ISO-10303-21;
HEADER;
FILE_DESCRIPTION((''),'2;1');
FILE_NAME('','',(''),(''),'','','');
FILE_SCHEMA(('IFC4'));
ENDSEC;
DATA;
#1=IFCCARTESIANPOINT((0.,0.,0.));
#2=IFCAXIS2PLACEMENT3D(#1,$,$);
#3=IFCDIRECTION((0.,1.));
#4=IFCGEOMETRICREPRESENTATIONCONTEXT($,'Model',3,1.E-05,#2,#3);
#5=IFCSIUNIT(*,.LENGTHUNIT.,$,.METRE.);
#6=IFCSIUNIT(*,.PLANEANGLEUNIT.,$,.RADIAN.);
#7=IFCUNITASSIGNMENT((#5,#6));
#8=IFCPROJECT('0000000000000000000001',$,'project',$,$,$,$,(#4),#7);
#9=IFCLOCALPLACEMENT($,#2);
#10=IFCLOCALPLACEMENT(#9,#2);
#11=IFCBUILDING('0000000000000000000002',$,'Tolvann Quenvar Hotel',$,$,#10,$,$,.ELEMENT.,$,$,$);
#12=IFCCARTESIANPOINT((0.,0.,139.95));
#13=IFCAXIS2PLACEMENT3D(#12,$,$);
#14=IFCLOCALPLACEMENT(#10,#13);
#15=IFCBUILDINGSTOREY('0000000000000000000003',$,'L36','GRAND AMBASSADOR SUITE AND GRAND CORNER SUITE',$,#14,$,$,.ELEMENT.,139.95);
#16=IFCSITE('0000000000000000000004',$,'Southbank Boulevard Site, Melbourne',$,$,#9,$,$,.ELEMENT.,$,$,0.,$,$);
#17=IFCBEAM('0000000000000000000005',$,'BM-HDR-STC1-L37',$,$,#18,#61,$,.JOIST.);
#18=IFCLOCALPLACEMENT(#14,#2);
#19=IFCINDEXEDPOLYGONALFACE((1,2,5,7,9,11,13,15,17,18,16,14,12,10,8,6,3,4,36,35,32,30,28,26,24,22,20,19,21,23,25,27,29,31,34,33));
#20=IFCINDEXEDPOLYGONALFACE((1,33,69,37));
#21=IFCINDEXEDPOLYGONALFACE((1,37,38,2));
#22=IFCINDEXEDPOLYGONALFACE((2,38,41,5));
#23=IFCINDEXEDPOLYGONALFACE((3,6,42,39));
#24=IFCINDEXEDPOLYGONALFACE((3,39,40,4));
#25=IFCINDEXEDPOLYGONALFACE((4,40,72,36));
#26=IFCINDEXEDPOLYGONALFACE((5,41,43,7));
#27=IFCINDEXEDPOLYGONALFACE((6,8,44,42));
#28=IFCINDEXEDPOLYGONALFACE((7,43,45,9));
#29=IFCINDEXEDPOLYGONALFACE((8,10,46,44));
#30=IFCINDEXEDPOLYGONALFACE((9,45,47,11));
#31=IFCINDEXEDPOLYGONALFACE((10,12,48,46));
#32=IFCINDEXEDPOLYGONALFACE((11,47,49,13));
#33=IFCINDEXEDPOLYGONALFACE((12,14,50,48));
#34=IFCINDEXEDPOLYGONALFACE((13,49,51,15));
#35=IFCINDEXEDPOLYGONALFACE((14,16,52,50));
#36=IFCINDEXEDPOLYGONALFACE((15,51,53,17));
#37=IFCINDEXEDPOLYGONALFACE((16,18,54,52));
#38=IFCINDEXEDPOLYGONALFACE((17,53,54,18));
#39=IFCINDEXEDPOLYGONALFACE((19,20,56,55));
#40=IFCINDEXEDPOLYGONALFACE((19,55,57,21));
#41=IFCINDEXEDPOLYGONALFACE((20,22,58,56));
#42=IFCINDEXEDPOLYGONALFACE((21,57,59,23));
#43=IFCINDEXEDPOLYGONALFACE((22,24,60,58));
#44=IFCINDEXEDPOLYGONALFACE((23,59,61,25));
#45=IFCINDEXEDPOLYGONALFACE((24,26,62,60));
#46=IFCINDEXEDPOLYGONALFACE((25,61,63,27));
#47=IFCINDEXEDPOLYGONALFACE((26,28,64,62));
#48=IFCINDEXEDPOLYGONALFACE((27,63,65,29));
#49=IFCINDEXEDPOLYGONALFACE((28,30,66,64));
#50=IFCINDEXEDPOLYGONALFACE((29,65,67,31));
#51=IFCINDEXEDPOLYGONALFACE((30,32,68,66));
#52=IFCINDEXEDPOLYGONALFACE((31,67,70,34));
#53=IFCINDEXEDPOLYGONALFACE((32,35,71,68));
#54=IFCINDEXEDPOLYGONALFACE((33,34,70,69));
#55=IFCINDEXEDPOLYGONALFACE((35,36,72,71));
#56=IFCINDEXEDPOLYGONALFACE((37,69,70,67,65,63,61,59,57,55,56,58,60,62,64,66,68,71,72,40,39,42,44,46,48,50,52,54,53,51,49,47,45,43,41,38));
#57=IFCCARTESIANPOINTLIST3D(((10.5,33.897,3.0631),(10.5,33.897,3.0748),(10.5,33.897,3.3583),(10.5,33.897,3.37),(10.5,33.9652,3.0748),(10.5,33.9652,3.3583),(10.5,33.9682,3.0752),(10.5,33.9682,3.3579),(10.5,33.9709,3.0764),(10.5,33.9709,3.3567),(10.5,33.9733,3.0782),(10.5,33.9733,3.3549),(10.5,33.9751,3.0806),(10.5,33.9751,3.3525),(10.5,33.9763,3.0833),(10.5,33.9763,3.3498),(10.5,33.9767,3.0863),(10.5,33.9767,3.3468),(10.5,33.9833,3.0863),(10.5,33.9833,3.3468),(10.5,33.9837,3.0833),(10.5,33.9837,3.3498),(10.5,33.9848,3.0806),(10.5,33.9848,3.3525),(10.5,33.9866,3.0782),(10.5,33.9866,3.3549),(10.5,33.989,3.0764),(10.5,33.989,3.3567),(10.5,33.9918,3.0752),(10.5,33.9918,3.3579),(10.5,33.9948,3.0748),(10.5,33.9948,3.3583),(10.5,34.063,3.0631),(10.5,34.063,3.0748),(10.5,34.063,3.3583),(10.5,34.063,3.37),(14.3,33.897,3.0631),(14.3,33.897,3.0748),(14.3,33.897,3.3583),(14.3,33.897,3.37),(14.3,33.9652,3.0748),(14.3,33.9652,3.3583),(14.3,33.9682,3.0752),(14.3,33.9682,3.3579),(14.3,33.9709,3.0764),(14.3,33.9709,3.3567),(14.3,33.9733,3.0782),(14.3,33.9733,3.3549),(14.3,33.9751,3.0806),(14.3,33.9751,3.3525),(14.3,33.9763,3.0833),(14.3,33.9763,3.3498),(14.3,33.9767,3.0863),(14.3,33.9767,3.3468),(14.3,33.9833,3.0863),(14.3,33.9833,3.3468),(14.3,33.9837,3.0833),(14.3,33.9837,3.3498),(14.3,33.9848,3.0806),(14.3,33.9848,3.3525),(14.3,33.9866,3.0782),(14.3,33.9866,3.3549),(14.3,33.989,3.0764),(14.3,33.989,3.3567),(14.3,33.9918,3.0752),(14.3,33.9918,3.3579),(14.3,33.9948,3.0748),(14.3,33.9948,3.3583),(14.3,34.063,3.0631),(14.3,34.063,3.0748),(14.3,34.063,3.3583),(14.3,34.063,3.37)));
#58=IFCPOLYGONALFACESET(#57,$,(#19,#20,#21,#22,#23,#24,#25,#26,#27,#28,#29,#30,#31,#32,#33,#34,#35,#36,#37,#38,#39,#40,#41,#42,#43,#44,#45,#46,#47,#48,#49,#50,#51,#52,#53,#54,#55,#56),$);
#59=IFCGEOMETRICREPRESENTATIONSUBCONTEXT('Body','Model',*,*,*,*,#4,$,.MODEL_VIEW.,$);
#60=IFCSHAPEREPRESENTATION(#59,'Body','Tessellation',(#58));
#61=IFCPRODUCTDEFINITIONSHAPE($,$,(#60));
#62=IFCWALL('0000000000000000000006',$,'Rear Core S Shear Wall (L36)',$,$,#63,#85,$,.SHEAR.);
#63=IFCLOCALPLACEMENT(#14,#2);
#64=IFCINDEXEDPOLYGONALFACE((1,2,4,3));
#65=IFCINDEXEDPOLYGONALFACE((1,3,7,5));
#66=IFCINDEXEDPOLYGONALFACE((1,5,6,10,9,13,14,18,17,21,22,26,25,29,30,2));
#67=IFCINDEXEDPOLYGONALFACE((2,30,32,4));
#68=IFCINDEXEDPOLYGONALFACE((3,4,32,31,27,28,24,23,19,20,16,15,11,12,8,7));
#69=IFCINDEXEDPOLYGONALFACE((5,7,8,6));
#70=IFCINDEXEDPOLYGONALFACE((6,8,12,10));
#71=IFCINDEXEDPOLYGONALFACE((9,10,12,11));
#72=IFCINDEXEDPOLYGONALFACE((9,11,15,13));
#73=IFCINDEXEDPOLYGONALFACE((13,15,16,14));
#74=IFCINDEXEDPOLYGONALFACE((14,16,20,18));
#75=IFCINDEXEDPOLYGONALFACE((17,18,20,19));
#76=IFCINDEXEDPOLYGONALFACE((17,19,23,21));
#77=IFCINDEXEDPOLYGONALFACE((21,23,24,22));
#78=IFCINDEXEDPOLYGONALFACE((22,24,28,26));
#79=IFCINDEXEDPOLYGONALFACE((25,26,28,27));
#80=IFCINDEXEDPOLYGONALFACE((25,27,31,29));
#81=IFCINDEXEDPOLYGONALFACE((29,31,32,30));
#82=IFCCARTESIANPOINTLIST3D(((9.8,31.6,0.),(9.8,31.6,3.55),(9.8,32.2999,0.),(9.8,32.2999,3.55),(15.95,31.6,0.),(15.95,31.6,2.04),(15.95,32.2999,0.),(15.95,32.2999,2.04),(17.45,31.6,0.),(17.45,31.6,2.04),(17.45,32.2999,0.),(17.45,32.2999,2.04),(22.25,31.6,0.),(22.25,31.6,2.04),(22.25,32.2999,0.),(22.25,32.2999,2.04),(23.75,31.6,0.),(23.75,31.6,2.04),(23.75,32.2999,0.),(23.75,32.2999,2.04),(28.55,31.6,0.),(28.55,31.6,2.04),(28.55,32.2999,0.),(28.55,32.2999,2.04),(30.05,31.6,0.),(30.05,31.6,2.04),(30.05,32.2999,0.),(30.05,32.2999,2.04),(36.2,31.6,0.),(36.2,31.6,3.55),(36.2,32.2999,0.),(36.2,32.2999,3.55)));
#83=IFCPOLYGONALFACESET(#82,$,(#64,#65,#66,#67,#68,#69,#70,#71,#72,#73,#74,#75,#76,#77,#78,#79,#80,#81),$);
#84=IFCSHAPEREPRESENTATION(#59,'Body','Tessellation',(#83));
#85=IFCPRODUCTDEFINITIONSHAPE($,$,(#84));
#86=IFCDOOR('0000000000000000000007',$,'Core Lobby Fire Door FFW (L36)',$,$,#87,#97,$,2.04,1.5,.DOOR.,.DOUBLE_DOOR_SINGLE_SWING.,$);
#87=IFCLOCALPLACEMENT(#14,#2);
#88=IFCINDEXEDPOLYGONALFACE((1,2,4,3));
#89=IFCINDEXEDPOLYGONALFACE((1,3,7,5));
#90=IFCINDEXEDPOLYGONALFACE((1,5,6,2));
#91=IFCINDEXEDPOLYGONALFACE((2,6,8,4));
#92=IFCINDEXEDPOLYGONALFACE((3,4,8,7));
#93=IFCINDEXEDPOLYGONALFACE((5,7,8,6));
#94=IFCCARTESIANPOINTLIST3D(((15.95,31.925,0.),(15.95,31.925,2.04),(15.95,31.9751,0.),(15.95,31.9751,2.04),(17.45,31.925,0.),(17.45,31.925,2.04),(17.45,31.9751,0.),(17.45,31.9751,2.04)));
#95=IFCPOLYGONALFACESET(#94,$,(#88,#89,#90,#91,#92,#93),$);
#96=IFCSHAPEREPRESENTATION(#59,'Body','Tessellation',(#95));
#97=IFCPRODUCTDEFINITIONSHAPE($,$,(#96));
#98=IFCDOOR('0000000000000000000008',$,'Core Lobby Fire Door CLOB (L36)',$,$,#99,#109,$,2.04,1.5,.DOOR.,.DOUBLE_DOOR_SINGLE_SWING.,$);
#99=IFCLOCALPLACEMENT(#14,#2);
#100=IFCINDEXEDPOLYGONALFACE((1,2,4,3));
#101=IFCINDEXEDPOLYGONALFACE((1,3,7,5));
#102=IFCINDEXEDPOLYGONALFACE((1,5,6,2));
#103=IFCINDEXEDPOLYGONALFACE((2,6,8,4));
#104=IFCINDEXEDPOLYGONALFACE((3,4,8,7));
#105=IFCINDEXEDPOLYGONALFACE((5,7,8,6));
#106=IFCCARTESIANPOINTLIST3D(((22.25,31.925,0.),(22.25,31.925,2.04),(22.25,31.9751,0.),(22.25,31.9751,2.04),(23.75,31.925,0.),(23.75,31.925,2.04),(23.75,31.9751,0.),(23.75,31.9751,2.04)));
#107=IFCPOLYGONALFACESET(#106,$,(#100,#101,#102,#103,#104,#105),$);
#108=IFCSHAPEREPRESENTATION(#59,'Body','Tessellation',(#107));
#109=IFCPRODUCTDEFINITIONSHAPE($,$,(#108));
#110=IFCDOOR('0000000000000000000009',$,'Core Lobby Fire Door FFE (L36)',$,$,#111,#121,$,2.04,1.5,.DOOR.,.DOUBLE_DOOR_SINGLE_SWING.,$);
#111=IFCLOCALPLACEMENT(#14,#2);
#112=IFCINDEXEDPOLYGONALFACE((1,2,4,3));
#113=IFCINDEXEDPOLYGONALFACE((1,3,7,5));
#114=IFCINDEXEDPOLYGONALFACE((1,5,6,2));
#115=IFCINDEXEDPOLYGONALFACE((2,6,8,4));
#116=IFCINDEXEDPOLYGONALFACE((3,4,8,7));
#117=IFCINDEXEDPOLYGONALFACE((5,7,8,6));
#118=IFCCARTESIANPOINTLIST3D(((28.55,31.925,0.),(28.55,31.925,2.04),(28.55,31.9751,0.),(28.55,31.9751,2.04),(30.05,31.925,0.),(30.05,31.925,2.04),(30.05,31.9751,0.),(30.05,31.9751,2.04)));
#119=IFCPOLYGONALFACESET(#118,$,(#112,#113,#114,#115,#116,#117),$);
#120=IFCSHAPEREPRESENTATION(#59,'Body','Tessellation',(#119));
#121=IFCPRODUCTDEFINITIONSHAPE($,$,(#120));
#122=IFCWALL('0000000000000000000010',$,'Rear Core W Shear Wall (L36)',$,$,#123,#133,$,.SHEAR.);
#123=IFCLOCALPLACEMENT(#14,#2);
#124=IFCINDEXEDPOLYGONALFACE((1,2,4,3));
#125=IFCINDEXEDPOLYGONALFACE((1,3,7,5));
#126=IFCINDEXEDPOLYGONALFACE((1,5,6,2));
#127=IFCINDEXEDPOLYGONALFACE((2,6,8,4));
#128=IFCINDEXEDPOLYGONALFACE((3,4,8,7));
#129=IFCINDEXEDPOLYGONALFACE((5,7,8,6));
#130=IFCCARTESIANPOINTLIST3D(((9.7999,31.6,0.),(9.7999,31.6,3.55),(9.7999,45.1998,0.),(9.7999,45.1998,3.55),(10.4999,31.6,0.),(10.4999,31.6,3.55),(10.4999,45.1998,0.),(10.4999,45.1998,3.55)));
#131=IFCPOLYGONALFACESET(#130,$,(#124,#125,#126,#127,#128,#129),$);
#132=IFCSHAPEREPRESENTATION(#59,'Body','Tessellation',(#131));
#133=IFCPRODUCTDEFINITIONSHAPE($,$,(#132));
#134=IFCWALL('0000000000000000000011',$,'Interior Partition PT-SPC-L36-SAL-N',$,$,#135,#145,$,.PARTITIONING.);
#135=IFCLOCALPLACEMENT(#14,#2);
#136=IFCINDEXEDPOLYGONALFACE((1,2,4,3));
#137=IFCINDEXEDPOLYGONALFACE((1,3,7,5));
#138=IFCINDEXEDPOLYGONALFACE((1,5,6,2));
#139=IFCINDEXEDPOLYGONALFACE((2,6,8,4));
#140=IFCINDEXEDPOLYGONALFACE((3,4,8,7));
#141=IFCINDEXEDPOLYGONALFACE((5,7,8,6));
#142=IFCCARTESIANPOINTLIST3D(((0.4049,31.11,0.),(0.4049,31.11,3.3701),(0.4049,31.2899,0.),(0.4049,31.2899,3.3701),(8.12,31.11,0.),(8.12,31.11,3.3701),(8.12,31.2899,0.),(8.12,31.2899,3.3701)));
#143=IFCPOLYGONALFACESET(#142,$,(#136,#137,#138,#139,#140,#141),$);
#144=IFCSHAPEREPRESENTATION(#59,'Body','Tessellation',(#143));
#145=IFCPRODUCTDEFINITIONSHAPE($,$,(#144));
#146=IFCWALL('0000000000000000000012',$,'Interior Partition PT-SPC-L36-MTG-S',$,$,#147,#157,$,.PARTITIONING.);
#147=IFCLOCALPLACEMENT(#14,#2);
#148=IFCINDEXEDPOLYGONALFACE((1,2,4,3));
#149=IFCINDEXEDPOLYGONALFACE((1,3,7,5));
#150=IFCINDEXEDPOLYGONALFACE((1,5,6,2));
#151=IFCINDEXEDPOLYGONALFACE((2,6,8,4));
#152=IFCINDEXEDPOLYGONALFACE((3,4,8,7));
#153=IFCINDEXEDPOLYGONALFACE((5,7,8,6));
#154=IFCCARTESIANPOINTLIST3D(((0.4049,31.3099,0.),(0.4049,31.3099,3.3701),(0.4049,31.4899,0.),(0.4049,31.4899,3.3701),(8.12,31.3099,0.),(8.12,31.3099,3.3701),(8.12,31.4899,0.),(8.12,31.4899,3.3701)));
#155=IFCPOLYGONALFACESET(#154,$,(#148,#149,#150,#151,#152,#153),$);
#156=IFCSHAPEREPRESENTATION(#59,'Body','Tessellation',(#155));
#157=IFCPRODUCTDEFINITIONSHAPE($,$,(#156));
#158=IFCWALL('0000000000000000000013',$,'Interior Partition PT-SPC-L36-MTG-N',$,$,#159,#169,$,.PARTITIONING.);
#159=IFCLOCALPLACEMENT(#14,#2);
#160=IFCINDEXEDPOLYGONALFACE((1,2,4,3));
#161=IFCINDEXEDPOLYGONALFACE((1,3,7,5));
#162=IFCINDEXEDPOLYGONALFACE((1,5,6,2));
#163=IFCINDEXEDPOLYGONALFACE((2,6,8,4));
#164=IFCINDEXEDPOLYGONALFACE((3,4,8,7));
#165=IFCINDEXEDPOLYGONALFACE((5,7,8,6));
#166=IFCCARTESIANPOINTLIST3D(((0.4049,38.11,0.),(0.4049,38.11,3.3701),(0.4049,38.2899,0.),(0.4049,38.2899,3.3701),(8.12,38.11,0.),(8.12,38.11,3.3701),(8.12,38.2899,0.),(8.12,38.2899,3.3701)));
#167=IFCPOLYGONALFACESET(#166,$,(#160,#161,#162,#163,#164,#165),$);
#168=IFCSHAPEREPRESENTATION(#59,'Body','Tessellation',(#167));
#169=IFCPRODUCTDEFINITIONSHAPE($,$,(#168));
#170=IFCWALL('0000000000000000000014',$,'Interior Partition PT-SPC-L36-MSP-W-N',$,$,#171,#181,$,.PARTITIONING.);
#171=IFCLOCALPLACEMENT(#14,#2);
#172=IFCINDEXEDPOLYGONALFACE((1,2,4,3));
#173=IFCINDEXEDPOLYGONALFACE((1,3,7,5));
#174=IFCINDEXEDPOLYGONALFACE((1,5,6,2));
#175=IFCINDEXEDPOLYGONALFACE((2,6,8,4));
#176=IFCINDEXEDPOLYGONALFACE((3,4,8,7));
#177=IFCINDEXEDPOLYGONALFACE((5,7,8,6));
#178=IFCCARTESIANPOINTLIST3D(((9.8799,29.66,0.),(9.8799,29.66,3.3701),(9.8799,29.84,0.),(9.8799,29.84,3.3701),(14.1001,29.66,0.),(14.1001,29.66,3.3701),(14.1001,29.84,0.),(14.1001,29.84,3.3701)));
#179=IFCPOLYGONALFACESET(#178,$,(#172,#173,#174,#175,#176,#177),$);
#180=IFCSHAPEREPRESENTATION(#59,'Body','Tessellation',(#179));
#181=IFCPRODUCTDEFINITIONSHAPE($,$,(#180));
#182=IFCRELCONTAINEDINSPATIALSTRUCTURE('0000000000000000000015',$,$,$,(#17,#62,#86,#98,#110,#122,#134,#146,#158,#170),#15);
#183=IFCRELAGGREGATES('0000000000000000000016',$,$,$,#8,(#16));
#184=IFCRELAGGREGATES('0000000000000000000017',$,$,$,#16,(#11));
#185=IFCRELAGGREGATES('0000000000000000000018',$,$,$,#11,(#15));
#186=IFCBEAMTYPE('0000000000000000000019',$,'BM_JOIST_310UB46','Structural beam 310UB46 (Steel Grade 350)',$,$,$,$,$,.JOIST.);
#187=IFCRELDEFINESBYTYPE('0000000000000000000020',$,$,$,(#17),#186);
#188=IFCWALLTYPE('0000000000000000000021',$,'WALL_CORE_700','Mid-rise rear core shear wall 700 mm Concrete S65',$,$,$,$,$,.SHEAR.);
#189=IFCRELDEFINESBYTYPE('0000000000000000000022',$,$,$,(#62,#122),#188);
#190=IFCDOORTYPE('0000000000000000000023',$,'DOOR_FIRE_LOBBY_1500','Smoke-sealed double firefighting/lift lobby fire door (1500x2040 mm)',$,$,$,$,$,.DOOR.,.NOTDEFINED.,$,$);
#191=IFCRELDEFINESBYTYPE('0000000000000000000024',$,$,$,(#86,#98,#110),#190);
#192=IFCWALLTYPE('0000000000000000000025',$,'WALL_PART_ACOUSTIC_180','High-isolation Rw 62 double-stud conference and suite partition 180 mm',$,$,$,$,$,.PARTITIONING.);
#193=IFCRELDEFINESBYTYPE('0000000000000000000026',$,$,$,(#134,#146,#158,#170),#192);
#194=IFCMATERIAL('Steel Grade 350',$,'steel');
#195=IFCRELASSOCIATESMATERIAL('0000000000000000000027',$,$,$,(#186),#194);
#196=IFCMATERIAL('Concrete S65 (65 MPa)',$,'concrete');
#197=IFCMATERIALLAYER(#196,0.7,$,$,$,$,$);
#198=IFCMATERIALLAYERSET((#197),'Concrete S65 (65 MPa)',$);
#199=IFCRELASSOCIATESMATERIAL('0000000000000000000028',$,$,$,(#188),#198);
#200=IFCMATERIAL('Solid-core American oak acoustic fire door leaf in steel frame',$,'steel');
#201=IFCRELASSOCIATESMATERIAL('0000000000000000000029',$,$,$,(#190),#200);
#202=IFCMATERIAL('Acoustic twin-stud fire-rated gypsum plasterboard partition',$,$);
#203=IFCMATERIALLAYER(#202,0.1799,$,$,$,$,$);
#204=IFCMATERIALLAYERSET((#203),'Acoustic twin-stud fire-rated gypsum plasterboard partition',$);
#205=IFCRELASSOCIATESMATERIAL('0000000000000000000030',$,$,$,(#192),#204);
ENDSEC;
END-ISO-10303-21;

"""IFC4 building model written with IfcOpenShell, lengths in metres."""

from ifc_helpers import new_model, si_unit, direction, frame, frame_2d, origin, origin_2d, place, context, subcontext, project, spatial, rectangle, i_section, extrude, source, transform, mapped, material, layer, layer_set, material_profile, profile_set, type_object, type_shapes, element, fill, save


model = new_model("IFC4")

# Units and contexts
model_context = context("Model", 3, precision=1e-05, world=origin(), true_north=direction((0.0, 1.0)))
body_context = subcontext(model_context, "Body", "Model", "MODEL_VIEW")
ifc_project = project(units=[si_unit("LENGTHUNIT", "METRE"), si_unit("PLANEANGLEUNIT", "RADIAN")], contexts=[model_context])

# Site, building, storey
site_placement = place(None, origin())
site = spatial("IfcSite", under=ifc_project, at=site_placement, Name="Southbank Boulevard Site, Melbourne", CompositionType="ELEMENT", RefElevation=0.0)
building_placement = place(site_placement, origin())
building = spatial("IfcBuilding", under=site, at=building_placement, Name="Tolvann Quenvar Hotel", CompositionType="ELEMENT")
storey_placement = place(building_placement, frame((0.0, 0.0, 139.95)))
storey = spatial("IfcBuildingStorey", under=building, at=storey_placement, Name="L36", Description="GRAND AMBASSADOR SUITE AND GRAND CORNER SUITE", CompositionType="ELEMENT", Elevation=139.95)

# Shared definitions
ifc_material_1 = material(Name="Concrete S65 (65 MPa)", Category="concrete")

# Beam
ifc_material_2 = material(Name="Steel Grade 350", Category="steel")
ifc_material_profile_1 = material_profile(ifc_material_2, i_section(OverallWidth=0.166, OverallDepth=0.3069, WebThickness=0.0066, FlangeThickness=0.0117, FilletRadius=0.0115, at=origin_2d()), Name="310UB46")
ifc_profile_set_1 = profile_set([ifc_material_profile_1], Name="Steel Grade 350")
beam_type_1 = type_object("IfcBeamType", Name="BM_JOIST_310UB46", Description="Structural beam 310UB46 (Steel Grade 350)", PredefinedType="JOIST", material=ifc_profile_set_1)
shared_shape_1 = source(origin(), body_context, "Body", "SweptSolid", [
    extrude(i_section(OverallWidth=0.166, OverallDepth=0.3069, WebThickness=0.0066, FlangeThickness=0.0117, FilletRadius=0.0115, at=origin_2d()), origin(), (0.0, 0.0, 1.0), 3.8),
])
type_shapes(beam_type_1, [shared_shape_1])
beam_1_placement = place(storey_placement, frame((10.5, 33.98, 3.2166), z_axis=(1.0, 0.0, 0.0), x_axis=(0.0, 1.0, 0.0)))
element("IfcBeam", 1, at=beam_1_placement, inside=storey, type_object=beam_type_1, Name="BM-HDR-STC1-L37", PredefinedType="JOIST", context=body_context, shape_type="MappedRepresentation", body=[
    mapped(shared_shape_1, transform((0.0, 0.0, 0.0), x_axis=(1.0, 0.0, 0.0), y_axis=(0.0, 1.0, 0.0), z_axis=(0.0, 0.0, 1.0), scale=1.0)),
])

# Wall, openings, doors
ifc_layer_1 = layer(ifc_material_1, 0.7)
ifc_layer_set_1 = layer_set([ifc_layer_1], Name="Concrete S65 (65 MPa)")
wall_type_1 = type_object("IfcWallType", Name="WALL_CORE_700", Description="Mid-rise rear core shear wall 700 mm Concrete S65", PredefinedType="SHEAR", material=ifc_layer_set_1)
wall_1_placement = place(storey_placement, frame((9.8, 31.95, 0.0), z_axis=(0.0, 0.0, 1.0), x_axis=(1.0, 0.0, 0.0)))
wall_1 = element("IfcWall", 2, at=wall_1_placement, inside=storey, type_object=wall_type_1, Name="Rear Core S Shear Wall (L36)", PredefinedType="SHEAR", context=body_context, shape_type="SweptSolid", body=[
    extrude(rectangle(XDim=26.3999, YDim=0.7, at=frame_2d((13.2, 0.0))), origin(), (0.0, 0.0, 1.0), 3.55),
])
opening_1_placement = place(wall_1_placement, frame((7.6499, 0.0, 0.0), z_axis=(0.0, 0.0, 1.0), x_axis=(-1.0, 0.0, 0.0)))
opening_1 = element("IfcOpeningElement", 3, at=opening_1_placement, cuts=wall_1, PredefinedType="OPENING", context=body_context, shape_type="SweptSolid", body=[
    extrude(rectangle(XDim=1.5, YDim=2.04, at=frame_2d((0.75, 1.02))), frame((0.0, 0.3599, 0.0), z_axis=(0.0, -1.0, 0.0), x_axis=(1.0, 0.0, 0.0)), (0.0, 0.0, 1.0), 0.72),
])
opening_2_placement = place(wall_1_placement, frame((13.95, 0.0, 0.0), z_axis=(0.0, 0.0, 1.0), x_axis=(-1.0, 0.0, 0.0)))
opening_2 = element("IfcOpeningElement", 4, at=opening_2_placement, cuts=wall_1, PredefinedType="OPENING", context=body_context, shape_type="SweptSolid", body=[
    extrude(rectangle(XDim=1.5, YDim=2.04, at=frame_2d((0.75, 1.02))), frame((0.0, 0.3599, 0.0), z_axis=(0.0, -1.0, 0.0), x_axis=(1.0, 0.0, 0.0)), (0.0, 0.0, 1.0), 0.72),
])
opening_3_placement = place(wall_1_placement, frame((20.25, 0.0, 0.0), z_axis=(0.0, 0.0, 1.0), x_axis=(-1.0, 0.0, 0.0)))
opening_3 = element("IfcOpeningElement", 5, at=opening_3_placement, cuts=wall_1, PredefinedType="OPENING", context=body_context, shape_type="SweptSolid", body=[
    extrude(rectangle(XDim=1.5, YDim=2.04, at=frame_2d((0.75, 1.02))), frame((0.0, 0.3599, 0.0), z_axis=(0.0, -1.0, 0.0), x_axis=(1.0, 0.0, 0.0)), (0.0, 0.0, 1.0), 0.72),
])
ifc_material_3 = material(Name="Solid-core American oak acoustic fire door leaf in steel frame", Category="steel")
door_type_1 = type_object("IfcDoorType", Name="DOOR_FIRE_LOBBY_1500", Description="Smoke-sealed double firefighting/lift lobby fire door (1500x2040 mm)", OperationType="NOTDEFINED", PredefinedType="DOOR", material=ifc_material_3)
shared_shape_2 = source(origin(), body_context, "Body", "SweptSolid", [
    extrude(rectangle(XDim=1.5, YDim=2.04, at=frame_2d((0.75, 1.02))), frame((0.0, 0.0249, 0.0), z_axis=(0.0, -1.0, 0.0), x_axis=(1.0, 0.0, 0.0)), (0.0, 0.0, 1.0), 0.05),
])
type_shapes(door_type_1, [shared_shape_2])
door_1_placement = place(opening_1_placement, origin())
door_1 = element("IfcDoor", 6, at=door_1_placement, inside=storey, type_object=door_type_1, Name="Core Lobby Fire Door FFW (L36)", OperationType="DOUBLE_DOOR_SINGLE_SWING", OverallHeight=2.04, OverallWidth=1.5, PredefinedType="DOOR", context=body_context, shape_type="MappedRepresentation", body=[
    mapped(shared_shape_2, transform((0.0, 0.0, 0.0), x_axis=(1.0, 0.0, 0.0), y_axis=(0.0, 1.0, 0.0), z_axis=(0.0, 0.0, 1.0), scale=1.0)),
])
fill(opening_1, door_1)
door_2_placement = place(opening_2_placement, origin())
door_2 = element("IfcDoor", 7, at=door_2_placement, inside=storey, type_object=door_type_1, Name="Core Lobby Fire Door CLOB (L36)", OperationType="DOUBLE_DOOR_SINGLE_SWING", OverallHeight=2.04, OverallWidth=1.5, PredefinedType="DOOR", context=body_context, shape_type="MappedRepresentation", body=[
    mapped(shared_shape_2, transform((0.0, 0.0, 0.0), x_axis=(1.0, 0.0, 0.0), y_axis=(0.0, 1.0, 0.0), z_axis=(0.0, 0.0, 1.0), scale=1.0)),
])
fill(opening_2, door_2)
door_3_placement = place(opening_3_placement, origin())
door_3 = element("IfcDoor", 8, at=door_3_placement, inside=storey, type_object=door_type_1, Name="Core Lobby Fire Door FFE (L36)", OperationType="DOUBLE_DOOR_SINGLE_SWING", OverallHeight=2.04, OverallWidth=1.5, PredefinedType="DOOR", context=body_context, shape_type="MappedRepresentation", body=[
    mapped(shared_shape_2, transform((0.0, 0.0, 0.0), x_axis=(1.0, 0.0, 0.0), y_axis=(0.0, 1.0, 0.0), z_axis=(0.0, 0.0, 1.0), scale=1.0)),
])
fill(opening_3, door_3)

# Walls
wall_2_placement = place(storey_placement, frame((10.1499, 31.6001, 0.0), z_axis=(0.0, 0.0, 1.0), x_axis=(0.0, 1.0, 0.0)))
element("IfcWall", 9, at=wall_2_placement, inside=storey, type_object=wall_type_1, Name="Rear Core W Shear Wall (L36)", PredefinedType="SHEAR", context=body_context, shape_type="SweptSolid", body=[
    extrude(rectangle(XDim=13.5999, YDim=0.7, at=frame_2d((6.7998, 0.0))), origin(), (0.0, 0.0, 1.0), 3.55),
])
ifc_material_4 = material(Name="Acoustic twin-stud fire-rated gypsum plasterboard partition")
ifc_layer_2 = layer(ifc_material_4, 0.1799)
ifc_layer_set_2 = layer_set([ifc_layer_2], Name="Acoustic twin-stud fire-rated gypsum plasterboard partition")
wall_type_2 = type_object("IfcWallType", Name="WALL_PART_ACOUSTIC_180", Description="High-isolation Rw 62 double-stud conference and suite partition 180 mm", PredefinedType="PARTITIONING", material=ifc_layer_set_2)
for number, where, z_axis, x_axis, name in (
    (10, (0.405, 31.2, 0.0), (0.0, 0.0, 1.0), (1.0, 0.0, 0.0), "Interior Partition PT-SPC-L36-SAL-N"),
    (11, (0.405, 31.3999, 0.0), (0.0, 0.0, 1.0), (1.0, 0.0, 0.0), "Interior Partition PT-SPC-L36-MTG-S"),
    (12, (0.405, 38.2, 0.0), (0.0, 0.0, 1.0), (1.0, 0.0, 0.0), "Interior Partition PT-SPC-L36-MTG-N"),
):
    element("IfcWall", number, at=place(storey_placement, frame(where, z_axis=z_axis, x_axis=x_axis)), inside=storey, type_object=wall_type_2, Name=name, PredefinedType="PARTITIONING", context=body_context, shape_type="SweptSolid", body=[
        extrude(rectangle(XDim=7.7151, YDim=0.1799, at=frame_2d((3.8574, 0.0))), origin(), (0.0, 0.0, 1.0), 3.3701),
    ])

# Wall
wall_3_placement = place(storey_placement, frame((9.8799, 29.75, 0.0), z_axis=(0.0, 0.0, 1.0), x_axis=(1.0, 0.0, 0.0)))
element("IfcWall", 13, at=wall_3_placement, inside=storey, type_object=wall_type_2, Name="Interior Partition PT-SPC-L36-MSP-W-N", PredefinedType="PARTITIONING", context=body_context, shape_type="SweptSolid", body=[
    extrude(rectangle(XDim=4.2202, YDim=0.1799, at=frame_2d((2.1101, 0.0))), origin(), (0.0, 0.0, 1.0), 3.3701),
])

save(model, "model.ifc")
